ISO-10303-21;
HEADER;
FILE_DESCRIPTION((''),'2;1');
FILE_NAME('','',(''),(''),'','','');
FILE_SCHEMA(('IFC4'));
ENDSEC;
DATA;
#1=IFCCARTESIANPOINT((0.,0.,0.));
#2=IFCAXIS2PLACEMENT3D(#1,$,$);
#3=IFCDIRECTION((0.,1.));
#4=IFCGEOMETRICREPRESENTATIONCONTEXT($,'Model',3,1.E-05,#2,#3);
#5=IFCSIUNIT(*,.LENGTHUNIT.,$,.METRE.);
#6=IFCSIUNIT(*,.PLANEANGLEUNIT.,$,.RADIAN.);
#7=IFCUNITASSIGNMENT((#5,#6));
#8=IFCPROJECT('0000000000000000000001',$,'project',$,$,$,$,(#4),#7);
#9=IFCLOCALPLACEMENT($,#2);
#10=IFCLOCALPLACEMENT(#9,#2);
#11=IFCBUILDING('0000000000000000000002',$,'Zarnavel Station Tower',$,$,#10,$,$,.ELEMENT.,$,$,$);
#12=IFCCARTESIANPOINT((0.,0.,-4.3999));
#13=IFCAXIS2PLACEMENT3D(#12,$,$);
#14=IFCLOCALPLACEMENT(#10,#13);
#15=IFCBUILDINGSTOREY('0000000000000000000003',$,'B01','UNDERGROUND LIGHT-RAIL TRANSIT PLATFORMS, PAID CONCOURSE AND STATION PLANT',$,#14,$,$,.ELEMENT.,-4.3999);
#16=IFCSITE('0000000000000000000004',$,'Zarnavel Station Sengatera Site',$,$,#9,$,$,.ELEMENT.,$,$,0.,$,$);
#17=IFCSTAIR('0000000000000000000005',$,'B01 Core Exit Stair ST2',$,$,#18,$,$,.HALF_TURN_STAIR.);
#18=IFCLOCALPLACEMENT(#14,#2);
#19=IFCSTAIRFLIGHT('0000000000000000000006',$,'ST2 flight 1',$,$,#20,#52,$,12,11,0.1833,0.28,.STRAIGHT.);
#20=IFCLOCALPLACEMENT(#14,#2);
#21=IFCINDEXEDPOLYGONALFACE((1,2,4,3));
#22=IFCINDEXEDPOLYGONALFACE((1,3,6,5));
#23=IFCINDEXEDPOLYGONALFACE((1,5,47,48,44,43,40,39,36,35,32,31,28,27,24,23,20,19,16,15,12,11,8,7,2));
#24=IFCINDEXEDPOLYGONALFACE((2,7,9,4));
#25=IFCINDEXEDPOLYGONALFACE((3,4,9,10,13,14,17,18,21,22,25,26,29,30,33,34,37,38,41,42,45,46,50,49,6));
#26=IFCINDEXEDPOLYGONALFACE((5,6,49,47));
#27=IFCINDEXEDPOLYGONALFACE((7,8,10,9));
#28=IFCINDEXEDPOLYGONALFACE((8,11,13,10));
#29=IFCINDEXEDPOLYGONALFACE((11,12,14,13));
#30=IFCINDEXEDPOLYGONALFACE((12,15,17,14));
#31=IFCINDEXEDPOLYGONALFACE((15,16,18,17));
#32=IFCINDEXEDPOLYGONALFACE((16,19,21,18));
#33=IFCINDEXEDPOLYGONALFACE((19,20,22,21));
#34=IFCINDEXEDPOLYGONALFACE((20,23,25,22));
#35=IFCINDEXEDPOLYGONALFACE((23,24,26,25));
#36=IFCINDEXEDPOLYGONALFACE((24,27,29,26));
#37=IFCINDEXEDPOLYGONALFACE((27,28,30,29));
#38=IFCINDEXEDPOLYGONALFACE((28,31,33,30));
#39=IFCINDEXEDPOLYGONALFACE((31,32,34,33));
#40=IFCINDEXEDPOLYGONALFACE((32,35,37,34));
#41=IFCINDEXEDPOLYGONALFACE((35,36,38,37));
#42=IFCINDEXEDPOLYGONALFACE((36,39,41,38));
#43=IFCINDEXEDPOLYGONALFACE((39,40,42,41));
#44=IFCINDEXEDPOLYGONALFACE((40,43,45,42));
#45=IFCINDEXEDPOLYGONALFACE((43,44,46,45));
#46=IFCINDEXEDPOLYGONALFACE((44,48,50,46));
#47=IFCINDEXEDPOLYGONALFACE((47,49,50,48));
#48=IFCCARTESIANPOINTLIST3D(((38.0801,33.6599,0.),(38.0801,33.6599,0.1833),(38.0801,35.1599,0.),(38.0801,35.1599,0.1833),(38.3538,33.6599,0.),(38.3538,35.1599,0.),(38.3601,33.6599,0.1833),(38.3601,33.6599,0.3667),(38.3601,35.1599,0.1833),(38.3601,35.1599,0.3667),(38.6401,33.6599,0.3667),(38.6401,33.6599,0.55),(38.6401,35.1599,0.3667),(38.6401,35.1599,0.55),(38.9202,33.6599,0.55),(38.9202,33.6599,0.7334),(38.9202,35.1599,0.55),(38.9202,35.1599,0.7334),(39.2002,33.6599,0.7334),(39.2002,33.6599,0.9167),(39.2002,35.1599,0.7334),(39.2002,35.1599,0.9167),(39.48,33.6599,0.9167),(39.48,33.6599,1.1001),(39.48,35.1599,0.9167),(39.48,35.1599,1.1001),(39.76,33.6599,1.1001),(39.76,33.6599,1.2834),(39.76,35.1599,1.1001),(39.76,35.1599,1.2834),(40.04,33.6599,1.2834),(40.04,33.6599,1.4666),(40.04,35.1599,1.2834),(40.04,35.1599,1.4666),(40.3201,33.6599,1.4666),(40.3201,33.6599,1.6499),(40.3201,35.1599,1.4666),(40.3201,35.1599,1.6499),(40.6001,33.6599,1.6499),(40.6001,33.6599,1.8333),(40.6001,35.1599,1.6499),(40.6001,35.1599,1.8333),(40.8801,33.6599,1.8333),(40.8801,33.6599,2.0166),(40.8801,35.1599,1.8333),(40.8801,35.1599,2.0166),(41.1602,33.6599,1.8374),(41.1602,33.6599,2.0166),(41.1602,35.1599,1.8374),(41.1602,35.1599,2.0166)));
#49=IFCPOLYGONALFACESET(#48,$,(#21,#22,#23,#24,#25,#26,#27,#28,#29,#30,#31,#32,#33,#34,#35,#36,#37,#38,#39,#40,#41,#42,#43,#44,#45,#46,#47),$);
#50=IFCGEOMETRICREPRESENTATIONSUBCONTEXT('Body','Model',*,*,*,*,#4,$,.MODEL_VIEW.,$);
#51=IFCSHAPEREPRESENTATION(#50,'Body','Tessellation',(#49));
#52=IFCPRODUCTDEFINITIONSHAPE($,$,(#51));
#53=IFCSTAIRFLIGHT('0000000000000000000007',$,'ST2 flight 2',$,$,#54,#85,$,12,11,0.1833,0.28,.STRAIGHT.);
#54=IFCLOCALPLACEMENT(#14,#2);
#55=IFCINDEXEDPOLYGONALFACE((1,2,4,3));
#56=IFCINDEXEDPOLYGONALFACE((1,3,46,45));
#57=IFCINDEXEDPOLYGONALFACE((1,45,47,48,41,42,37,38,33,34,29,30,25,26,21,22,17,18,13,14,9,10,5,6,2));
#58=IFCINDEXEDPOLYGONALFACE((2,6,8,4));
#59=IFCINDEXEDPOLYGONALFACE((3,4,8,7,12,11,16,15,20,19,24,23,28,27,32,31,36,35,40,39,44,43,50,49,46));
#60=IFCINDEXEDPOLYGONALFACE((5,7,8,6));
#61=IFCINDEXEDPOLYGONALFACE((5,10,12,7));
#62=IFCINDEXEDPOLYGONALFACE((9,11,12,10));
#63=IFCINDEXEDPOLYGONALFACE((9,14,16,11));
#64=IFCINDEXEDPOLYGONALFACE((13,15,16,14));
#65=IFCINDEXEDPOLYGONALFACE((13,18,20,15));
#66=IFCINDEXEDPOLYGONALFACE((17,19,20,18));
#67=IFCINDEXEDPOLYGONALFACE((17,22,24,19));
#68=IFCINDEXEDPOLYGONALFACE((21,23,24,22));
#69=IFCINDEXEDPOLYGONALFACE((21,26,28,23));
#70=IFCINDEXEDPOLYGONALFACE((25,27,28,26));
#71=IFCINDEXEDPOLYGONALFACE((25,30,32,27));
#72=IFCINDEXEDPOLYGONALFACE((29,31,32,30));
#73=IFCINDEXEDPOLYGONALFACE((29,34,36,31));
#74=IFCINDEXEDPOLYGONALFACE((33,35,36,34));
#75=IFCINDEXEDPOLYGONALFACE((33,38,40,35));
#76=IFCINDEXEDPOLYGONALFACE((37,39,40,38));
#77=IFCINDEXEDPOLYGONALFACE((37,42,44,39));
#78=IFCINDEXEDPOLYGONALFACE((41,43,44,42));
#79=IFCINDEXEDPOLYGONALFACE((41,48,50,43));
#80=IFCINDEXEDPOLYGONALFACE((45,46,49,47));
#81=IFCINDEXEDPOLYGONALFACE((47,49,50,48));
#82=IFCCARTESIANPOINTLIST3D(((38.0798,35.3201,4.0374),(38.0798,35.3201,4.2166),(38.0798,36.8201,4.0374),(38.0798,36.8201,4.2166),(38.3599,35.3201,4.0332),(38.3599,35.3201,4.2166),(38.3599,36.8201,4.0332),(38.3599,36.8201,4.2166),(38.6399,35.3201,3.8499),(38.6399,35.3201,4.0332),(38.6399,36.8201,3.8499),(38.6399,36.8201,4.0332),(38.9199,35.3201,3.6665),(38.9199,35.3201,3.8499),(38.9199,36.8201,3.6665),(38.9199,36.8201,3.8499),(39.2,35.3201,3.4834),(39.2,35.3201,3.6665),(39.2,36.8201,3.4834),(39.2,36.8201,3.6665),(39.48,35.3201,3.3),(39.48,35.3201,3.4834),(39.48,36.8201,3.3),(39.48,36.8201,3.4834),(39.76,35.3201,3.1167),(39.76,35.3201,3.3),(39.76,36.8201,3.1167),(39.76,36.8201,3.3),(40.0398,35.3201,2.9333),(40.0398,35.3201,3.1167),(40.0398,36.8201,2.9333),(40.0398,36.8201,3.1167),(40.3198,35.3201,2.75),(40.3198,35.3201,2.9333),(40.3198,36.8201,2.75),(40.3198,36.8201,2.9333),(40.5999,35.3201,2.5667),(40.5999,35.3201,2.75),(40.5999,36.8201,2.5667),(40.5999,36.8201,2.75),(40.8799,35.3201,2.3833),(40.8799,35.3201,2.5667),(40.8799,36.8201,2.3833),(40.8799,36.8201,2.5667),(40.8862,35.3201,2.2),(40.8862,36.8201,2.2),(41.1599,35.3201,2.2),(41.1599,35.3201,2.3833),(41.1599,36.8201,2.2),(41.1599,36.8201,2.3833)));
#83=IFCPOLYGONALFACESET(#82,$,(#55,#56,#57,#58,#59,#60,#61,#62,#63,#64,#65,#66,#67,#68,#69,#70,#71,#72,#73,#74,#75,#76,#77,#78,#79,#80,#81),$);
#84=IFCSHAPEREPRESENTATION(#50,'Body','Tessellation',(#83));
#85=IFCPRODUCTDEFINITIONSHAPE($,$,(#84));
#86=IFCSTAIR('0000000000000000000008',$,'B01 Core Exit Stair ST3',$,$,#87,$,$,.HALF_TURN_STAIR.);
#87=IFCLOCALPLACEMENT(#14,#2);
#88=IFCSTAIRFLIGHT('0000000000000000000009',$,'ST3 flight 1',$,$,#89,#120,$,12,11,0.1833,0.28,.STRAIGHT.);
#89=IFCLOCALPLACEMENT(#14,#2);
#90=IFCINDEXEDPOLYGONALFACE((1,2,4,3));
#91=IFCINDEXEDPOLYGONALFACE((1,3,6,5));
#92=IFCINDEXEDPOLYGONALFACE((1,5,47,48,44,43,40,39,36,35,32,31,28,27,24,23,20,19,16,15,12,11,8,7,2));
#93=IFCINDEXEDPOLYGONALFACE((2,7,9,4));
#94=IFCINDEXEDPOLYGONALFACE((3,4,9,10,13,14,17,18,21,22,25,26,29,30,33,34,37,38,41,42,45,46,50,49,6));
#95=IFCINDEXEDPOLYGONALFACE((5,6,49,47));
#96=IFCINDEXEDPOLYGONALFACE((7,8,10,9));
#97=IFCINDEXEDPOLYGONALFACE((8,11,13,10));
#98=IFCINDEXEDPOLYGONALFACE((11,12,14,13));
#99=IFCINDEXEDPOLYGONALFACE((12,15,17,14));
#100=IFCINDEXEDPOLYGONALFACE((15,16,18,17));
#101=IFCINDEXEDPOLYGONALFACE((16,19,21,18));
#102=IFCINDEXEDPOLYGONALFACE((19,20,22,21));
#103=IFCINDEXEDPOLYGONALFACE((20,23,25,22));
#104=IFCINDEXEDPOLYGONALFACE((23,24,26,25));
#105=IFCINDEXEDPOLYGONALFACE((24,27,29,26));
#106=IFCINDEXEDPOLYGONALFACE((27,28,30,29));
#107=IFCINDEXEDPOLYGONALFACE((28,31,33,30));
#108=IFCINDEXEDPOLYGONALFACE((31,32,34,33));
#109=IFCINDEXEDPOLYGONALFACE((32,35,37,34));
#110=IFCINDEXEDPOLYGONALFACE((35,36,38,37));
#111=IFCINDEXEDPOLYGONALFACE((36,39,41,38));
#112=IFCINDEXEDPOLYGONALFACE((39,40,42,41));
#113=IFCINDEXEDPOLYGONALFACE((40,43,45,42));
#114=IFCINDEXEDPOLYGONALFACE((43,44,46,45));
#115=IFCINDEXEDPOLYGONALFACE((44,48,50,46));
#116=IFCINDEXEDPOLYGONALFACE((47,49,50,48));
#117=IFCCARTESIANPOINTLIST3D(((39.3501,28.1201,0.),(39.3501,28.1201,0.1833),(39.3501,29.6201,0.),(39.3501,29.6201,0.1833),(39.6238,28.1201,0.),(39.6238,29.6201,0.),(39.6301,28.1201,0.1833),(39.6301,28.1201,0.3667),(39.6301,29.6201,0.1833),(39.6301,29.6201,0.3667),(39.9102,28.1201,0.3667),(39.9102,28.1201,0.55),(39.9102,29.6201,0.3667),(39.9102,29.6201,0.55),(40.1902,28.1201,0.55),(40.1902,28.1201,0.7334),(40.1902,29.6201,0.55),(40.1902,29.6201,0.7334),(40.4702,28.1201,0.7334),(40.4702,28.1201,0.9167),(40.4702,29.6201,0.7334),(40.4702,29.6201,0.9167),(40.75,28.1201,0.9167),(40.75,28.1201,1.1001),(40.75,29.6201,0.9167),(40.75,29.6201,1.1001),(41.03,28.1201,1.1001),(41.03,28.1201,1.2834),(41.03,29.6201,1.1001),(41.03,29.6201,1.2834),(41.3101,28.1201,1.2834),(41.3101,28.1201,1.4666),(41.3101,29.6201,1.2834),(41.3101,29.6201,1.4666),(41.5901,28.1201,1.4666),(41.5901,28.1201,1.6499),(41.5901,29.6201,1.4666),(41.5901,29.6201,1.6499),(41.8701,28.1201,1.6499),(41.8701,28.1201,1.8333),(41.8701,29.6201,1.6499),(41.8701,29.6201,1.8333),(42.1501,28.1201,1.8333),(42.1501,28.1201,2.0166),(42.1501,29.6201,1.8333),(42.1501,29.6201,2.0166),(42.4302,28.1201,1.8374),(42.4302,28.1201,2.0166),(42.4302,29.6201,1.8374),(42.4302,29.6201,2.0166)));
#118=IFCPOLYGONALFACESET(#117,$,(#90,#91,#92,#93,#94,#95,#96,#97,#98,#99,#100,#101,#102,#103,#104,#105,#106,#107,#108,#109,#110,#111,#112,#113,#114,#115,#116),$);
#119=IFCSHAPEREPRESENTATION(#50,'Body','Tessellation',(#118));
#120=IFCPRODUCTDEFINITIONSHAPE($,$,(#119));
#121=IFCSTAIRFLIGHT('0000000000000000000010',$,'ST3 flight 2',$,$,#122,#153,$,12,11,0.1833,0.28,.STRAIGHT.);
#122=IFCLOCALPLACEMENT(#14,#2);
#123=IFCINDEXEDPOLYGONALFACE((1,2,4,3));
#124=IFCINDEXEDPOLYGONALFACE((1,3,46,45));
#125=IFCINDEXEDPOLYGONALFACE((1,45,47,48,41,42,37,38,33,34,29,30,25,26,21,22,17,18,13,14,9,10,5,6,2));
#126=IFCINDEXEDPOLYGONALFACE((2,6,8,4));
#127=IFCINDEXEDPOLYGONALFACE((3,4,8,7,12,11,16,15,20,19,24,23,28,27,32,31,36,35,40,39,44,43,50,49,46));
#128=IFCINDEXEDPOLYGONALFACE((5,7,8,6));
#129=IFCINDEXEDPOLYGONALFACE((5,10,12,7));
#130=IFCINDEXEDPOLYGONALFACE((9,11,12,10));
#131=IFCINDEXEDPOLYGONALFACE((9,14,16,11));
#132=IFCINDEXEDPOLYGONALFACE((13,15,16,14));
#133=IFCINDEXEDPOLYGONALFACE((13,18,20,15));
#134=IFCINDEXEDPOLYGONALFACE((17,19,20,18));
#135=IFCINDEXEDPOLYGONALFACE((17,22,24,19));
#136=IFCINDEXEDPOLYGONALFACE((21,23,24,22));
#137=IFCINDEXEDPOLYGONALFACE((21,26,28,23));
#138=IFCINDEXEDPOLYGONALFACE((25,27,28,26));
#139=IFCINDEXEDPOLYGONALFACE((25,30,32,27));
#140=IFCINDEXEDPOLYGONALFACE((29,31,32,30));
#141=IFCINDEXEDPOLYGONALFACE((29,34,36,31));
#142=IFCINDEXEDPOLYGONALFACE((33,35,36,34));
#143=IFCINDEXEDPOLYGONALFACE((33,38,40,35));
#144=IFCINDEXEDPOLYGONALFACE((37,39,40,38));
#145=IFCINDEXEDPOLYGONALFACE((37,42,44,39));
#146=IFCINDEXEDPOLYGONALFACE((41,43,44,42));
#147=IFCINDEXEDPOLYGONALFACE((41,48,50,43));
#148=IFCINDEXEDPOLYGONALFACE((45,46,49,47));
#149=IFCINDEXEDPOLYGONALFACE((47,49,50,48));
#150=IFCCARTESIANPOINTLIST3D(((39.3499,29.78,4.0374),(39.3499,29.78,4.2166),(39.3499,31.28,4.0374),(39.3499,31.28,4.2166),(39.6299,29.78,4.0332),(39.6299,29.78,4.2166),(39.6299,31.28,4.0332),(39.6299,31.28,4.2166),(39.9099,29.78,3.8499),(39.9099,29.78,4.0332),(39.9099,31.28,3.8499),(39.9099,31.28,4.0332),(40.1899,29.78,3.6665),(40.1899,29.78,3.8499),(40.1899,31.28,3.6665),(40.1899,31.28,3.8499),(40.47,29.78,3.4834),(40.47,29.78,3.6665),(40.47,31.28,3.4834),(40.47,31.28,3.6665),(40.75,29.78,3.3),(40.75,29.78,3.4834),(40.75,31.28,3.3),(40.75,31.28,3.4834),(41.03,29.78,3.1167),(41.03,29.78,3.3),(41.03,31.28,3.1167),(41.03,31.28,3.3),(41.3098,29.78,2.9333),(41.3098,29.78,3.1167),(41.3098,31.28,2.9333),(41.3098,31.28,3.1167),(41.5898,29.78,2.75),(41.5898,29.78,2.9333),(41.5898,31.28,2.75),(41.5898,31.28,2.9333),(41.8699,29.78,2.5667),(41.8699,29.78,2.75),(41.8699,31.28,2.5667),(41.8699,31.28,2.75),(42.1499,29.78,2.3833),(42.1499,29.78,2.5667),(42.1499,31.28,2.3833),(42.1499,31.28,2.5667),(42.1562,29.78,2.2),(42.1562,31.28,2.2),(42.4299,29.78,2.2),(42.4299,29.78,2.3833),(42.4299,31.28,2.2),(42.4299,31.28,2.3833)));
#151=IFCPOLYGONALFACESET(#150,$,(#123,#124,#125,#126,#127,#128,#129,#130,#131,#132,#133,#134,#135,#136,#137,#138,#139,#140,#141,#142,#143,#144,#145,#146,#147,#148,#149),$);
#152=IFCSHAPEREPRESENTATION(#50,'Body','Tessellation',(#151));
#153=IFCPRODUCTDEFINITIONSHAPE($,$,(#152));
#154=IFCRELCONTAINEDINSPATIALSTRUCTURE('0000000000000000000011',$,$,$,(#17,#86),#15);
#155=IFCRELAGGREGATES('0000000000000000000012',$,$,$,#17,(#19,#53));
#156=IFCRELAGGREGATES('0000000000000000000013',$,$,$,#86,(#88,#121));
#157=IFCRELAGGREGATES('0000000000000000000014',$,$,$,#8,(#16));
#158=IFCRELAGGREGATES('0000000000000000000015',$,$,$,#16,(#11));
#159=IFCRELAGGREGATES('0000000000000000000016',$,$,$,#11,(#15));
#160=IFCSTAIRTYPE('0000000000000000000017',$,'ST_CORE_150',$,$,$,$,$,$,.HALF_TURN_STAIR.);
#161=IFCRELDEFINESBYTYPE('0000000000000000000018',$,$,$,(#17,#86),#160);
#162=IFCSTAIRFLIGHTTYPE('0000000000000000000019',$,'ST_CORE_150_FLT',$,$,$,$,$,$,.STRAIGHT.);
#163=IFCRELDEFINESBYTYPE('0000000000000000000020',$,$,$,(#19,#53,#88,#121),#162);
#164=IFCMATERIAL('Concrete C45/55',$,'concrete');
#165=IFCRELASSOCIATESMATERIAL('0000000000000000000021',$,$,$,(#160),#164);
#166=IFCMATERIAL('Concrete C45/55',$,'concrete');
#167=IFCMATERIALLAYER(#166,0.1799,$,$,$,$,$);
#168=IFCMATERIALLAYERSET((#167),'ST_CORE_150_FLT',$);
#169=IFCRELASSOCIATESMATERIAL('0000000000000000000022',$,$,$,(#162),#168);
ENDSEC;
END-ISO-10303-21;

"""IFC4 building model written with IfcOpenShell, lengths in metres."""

from ifc_helpers import new_model, si_unit, direction, frame, origin, place, context, subcontext, project, spatial, polyline, outline, extrude, material, layer, layer_set, type_object, element, aggregate, save


model = new_model("IFC4")

# Units and contexts
model_context = context("Model", 3, precision=1e-05, world=origin(), true_north=direction((0.0, 1.0)))
body_context = subcontext(model_context, "Body", "Model", "MODEL_VIEW")
ifc_project = project(units=[si_unit("LENGTHUNIT", "METRE"), si_unit("PLANEANGLEUNIT", "RADIAN")], contexts=[model_context])

# Site, building, storey
site_placement = place(None, origin())
site = spatial("IfcSite", under=ifc_project, at=site_placement, Name="Zarnavel Station Sengatera Site", CompositionType="ELEMENT", RefElevation=0.0)
building_placement = place(site_placement, origin())
building = spatial("IfcBuilding", under=site, at=building_placement, Name="Zarnavel Station Tower", CompositionType="ELEMENT")
storey_placement = place(building_placement, frame((0.0, 0.0, -4.3999)))
storey = spatial("IfcBuildingStorey", under=building, at=storey_placement, Name="B01", Description="UNDERGROUND LIGHT-RAIL TRANSIT PLATFORMS, PAID CONCOURSE AND STATION PLANT", CompositionType="ELEMENT", Elevation=-4.3999)

# Stairs, stair flights
ifc_material_1 = material(Name="Concrete C45/55", Category="concrete")
stair_type = type_object("IfcStairType", Name="ST_CORE_150", PredefinedType="HALF_TURN_STAIR", material=ifc_material_1)
stair_1_placement = place(storey_placement, origin())
stair_1 = element("IfcStair", 1, at=stair_1_placement, inside=storey, type_object=stair_type, Name="B01 Core Exit Stair ST2", PredefinedType="HALF_TURN_STAIR")
ifc_material_2 = material(Name="Concrete C45/55", Category="concrete")
ifc_layer_1 = layer(ifc_material_2, 0.1799)
ifc_layer_set_1 = layer_set([ifc_layer_1], Name="ST_CORE_150_FLT")
stair_flight_type = type_object("IfcStairFlightType", Name="ST_CORE_150_FLT", PredefinedType="STRAIGHT", material=ifc_layer_set_1)
stair_flight_1_placement = place(storey_placement, frame((38.0801, 34.4099, 0.0), z_axis=(0.0, 0.0, 1.0), x_axis=(1.0, 0.0, 0.0)))
stair_flight_1 = element("IfcStairFlight", 2, at=stair_flight_1_placement, type_object=stair_flight_type, Name="ST2 flight 1", NumberOfRisers=12, NumberOfTreads=11, PredefinedType="STRAIGHT", RiserHeight=0.1833, TreadLength=0.28, context=body_context, shape_type="SweptSolid", body=[
    extrude(outline(polyline([(0.0, 0.0), (0.0, 0.1833), (0.28, 0.1833), (0.28, 0.3667), (0.5601, 0.3667), (0.5601, 0.55), (0.8401, 0.55), (0.8401, 0.7334), (1.1201, 0.7334), (1.1201, 0.9167), (1.3999, 0.9167), (1.3999, 1.1001), (1.6799, 1.1001), (1.6799, 1.2834), (1.96, 1.2834), (1.96, 1.4666), (2.24, 1.4666), (2.24, 1.6499), (2.52, 1.6499), (2.52, 1.8333), (2.8, 1.8333), (2.8, 2.0166), (3.0801, 2.0166), (3.0801, 2.2), (3.0801, 1.8374), (0.2737, 0.0), (0.0, 0.0)])), frame((0.0, 0.75, 0.0), z_axis=(0.0, -1.0, 0.0), x_axis=(1.0, 0.0, 0.0)), (0.0, 0.0, 1.0), 1.5),
])
stair_flight_2_placement = place(storey_placement, frame((41.1599, 36.0701, 2.2), z_axis=(0.0, 0.0, 1.0), x_axis=(-1.0, 0.0, 0.0)))
stair_flight_2 = element("IfcStairFlight", 3, at=stair_flight_2_placement, type_object=stair_flight_type, Name="ST2 flight 2", NumberOfRisers=12, NumberOfTreads=11, PredefinedType="STRAIGHT", RiserHeight=0.1833, TreadLength=0.28, context=body_context, shape_type="SweptSolid", body=[
    extrude(outline(polyline([(0.0, 0.0), (0.0, 0.1833), (0.28, 0.1833), (0.28, 0.3667), (0.5601, 0.3667), (0.5601, 0.55), (0.8401, 0.55), (0.8401, 0.7334), (1.1201, 0.7334), (1.1201, 0.9167), (1.3999, 0.9167), (1.3999, 1.1001), (1.6799, 1.1001), (1.6799, 1.2834), (1.96, 1.2834), (1.96, 1.4666), (2.24, 1.4666), (2.24, 1.6499), (2.52, 1.6499), (2.52, 1.8333), (2.8, 1.8333), (2.8, 2.0166), (3.0801, 2.0166), (3.0801, 2.2), (3.0801, 1.8374), (0.2737, 0.0), (0.0, 0.0)])), frame((0.0, 0.75, 0.0), z_axis=(0.0, -1.0, 0.0), x_axis=(1.0, 0.0, 0.0)), (0.0, 0.0, 1.0), 1.5),
])
aggregate(stair_1, [stair_flight_1, stair_flight_2])
stair_2_placement = place(storey_placement, origin())
stair_2 = element("IfcStair", 4, at=stair_2_placement, inside=storey, type_object=stair_type, Name="B01 Core Exit Stair ST3", PredefinedType="HALF_TURN_STAIR")
stair_flight_3_placement = place(storey_placement, frame((39.3501, 28.8701, 0.0), z_axis=(0.0, 0.0, 1.0), x_axis=(1.0, 0.0, 0.0)))
stair_flight_3 = element("IfcStairFlight", 5, at=stair_flight_3_placement, type_object=stair_flight_type, Name="ST3 flight 1", NumberOfRisers=12, NumberOfTreads=11, PredefinedType="STRAIGHT", RiserHeight=0.1833, TreadLength=0.28, context=body_context, shape_type="SweptSolid", body=[
    extrude(outline(polyline([(0.0, 0.0), (0.0, 0.1833), (0.28, 0.1833), (0.28, 0.3667), (0.5601, 0.3667), (0.5601, 0.55), (0.8401, 0.55), (0.8401, 0.7334), (1.1201, 0.7334), (1.1201, 0.9167), (1.3999, 0.9167), (1.3999, 1.1001), (1.6799, 1.1001), (1.6799, 1.2834), (1.96, 1.2834), (1.96, 1.4666), (2.24, 1.4666), (2.24, 1.6499), (2.52, 1.6499), (2.52, 1.8333), (2.8, 1.8333), (2.8, 2.0166), (3.0801, 2.0166), (3.0801, 2.2), (3.0801, 1.8374), (0.2737, 0.0), (0.0, 0.0)])), frame((0.0, 0.75, 0.0), z_axis=(0.0, -1.0, 0.0), x_axis=(1.0, 0.0, 0.0)), (0.0, 0.0, 1.0), 1.5),
])
stair_flight_4_placement = place(storey_placement, frame((42.4299, 30.53, 2.2), z_axis=(0.0, 0.0, 1.0), x_axis=(-1.0, 0.0, 0.0)))
stair_flight_4 = element("IfcStairFlight", 6, at=stair_flight_4_placement, type_object=stair_flight_type, Name="ST3 flight 2", NumberOfRisers=12, NumberOfTreads=11, PredefinedType="STRAIGHT", RiserHeight=0.1833, TreadLength=0.28, context=body_context, shape_type="SweptSolid", body=[
    extrude(outline(polyline([(0.0, 0.0), (0.0, 0.1833), (0.28, 0.1833), (0.28, 0.3667), (0.5601, 0.3667), (0.5601, 0.55), (0.8401, 0.55), (0.8401, 0.7334), (1.1201, 0.7334), (1.1201, 0.9167), (1.3999, 0.9167), (1.3999, 1.1001), (1.6799, 1.1001), (1.6799, 1.2834), (1.96, 1.2834), (1.96, 1.4666), (2.24, 1.4666), (2.24, 1.6499), (2.52, 1.6499), (2.52, 1.8333), (2.8, 1.8333), (2.8, 2.0166), (3.0801, 2.0166), (3.0801, 2.2), (3.0801, 1.8374), (0.2737, 0.0), (0.0, 0.0)])), frame((0.0, 0.75, 0.0), z_axis=(0.0, -1.0, 0.0), x_axis=(1.0, 0.0, 0.0)), (0.0, 0.0, 1.0), 1.5),
])
aggregate(stair_2, [stair_flight_3, stair_flight_4])

save(model, "model.ifc")
